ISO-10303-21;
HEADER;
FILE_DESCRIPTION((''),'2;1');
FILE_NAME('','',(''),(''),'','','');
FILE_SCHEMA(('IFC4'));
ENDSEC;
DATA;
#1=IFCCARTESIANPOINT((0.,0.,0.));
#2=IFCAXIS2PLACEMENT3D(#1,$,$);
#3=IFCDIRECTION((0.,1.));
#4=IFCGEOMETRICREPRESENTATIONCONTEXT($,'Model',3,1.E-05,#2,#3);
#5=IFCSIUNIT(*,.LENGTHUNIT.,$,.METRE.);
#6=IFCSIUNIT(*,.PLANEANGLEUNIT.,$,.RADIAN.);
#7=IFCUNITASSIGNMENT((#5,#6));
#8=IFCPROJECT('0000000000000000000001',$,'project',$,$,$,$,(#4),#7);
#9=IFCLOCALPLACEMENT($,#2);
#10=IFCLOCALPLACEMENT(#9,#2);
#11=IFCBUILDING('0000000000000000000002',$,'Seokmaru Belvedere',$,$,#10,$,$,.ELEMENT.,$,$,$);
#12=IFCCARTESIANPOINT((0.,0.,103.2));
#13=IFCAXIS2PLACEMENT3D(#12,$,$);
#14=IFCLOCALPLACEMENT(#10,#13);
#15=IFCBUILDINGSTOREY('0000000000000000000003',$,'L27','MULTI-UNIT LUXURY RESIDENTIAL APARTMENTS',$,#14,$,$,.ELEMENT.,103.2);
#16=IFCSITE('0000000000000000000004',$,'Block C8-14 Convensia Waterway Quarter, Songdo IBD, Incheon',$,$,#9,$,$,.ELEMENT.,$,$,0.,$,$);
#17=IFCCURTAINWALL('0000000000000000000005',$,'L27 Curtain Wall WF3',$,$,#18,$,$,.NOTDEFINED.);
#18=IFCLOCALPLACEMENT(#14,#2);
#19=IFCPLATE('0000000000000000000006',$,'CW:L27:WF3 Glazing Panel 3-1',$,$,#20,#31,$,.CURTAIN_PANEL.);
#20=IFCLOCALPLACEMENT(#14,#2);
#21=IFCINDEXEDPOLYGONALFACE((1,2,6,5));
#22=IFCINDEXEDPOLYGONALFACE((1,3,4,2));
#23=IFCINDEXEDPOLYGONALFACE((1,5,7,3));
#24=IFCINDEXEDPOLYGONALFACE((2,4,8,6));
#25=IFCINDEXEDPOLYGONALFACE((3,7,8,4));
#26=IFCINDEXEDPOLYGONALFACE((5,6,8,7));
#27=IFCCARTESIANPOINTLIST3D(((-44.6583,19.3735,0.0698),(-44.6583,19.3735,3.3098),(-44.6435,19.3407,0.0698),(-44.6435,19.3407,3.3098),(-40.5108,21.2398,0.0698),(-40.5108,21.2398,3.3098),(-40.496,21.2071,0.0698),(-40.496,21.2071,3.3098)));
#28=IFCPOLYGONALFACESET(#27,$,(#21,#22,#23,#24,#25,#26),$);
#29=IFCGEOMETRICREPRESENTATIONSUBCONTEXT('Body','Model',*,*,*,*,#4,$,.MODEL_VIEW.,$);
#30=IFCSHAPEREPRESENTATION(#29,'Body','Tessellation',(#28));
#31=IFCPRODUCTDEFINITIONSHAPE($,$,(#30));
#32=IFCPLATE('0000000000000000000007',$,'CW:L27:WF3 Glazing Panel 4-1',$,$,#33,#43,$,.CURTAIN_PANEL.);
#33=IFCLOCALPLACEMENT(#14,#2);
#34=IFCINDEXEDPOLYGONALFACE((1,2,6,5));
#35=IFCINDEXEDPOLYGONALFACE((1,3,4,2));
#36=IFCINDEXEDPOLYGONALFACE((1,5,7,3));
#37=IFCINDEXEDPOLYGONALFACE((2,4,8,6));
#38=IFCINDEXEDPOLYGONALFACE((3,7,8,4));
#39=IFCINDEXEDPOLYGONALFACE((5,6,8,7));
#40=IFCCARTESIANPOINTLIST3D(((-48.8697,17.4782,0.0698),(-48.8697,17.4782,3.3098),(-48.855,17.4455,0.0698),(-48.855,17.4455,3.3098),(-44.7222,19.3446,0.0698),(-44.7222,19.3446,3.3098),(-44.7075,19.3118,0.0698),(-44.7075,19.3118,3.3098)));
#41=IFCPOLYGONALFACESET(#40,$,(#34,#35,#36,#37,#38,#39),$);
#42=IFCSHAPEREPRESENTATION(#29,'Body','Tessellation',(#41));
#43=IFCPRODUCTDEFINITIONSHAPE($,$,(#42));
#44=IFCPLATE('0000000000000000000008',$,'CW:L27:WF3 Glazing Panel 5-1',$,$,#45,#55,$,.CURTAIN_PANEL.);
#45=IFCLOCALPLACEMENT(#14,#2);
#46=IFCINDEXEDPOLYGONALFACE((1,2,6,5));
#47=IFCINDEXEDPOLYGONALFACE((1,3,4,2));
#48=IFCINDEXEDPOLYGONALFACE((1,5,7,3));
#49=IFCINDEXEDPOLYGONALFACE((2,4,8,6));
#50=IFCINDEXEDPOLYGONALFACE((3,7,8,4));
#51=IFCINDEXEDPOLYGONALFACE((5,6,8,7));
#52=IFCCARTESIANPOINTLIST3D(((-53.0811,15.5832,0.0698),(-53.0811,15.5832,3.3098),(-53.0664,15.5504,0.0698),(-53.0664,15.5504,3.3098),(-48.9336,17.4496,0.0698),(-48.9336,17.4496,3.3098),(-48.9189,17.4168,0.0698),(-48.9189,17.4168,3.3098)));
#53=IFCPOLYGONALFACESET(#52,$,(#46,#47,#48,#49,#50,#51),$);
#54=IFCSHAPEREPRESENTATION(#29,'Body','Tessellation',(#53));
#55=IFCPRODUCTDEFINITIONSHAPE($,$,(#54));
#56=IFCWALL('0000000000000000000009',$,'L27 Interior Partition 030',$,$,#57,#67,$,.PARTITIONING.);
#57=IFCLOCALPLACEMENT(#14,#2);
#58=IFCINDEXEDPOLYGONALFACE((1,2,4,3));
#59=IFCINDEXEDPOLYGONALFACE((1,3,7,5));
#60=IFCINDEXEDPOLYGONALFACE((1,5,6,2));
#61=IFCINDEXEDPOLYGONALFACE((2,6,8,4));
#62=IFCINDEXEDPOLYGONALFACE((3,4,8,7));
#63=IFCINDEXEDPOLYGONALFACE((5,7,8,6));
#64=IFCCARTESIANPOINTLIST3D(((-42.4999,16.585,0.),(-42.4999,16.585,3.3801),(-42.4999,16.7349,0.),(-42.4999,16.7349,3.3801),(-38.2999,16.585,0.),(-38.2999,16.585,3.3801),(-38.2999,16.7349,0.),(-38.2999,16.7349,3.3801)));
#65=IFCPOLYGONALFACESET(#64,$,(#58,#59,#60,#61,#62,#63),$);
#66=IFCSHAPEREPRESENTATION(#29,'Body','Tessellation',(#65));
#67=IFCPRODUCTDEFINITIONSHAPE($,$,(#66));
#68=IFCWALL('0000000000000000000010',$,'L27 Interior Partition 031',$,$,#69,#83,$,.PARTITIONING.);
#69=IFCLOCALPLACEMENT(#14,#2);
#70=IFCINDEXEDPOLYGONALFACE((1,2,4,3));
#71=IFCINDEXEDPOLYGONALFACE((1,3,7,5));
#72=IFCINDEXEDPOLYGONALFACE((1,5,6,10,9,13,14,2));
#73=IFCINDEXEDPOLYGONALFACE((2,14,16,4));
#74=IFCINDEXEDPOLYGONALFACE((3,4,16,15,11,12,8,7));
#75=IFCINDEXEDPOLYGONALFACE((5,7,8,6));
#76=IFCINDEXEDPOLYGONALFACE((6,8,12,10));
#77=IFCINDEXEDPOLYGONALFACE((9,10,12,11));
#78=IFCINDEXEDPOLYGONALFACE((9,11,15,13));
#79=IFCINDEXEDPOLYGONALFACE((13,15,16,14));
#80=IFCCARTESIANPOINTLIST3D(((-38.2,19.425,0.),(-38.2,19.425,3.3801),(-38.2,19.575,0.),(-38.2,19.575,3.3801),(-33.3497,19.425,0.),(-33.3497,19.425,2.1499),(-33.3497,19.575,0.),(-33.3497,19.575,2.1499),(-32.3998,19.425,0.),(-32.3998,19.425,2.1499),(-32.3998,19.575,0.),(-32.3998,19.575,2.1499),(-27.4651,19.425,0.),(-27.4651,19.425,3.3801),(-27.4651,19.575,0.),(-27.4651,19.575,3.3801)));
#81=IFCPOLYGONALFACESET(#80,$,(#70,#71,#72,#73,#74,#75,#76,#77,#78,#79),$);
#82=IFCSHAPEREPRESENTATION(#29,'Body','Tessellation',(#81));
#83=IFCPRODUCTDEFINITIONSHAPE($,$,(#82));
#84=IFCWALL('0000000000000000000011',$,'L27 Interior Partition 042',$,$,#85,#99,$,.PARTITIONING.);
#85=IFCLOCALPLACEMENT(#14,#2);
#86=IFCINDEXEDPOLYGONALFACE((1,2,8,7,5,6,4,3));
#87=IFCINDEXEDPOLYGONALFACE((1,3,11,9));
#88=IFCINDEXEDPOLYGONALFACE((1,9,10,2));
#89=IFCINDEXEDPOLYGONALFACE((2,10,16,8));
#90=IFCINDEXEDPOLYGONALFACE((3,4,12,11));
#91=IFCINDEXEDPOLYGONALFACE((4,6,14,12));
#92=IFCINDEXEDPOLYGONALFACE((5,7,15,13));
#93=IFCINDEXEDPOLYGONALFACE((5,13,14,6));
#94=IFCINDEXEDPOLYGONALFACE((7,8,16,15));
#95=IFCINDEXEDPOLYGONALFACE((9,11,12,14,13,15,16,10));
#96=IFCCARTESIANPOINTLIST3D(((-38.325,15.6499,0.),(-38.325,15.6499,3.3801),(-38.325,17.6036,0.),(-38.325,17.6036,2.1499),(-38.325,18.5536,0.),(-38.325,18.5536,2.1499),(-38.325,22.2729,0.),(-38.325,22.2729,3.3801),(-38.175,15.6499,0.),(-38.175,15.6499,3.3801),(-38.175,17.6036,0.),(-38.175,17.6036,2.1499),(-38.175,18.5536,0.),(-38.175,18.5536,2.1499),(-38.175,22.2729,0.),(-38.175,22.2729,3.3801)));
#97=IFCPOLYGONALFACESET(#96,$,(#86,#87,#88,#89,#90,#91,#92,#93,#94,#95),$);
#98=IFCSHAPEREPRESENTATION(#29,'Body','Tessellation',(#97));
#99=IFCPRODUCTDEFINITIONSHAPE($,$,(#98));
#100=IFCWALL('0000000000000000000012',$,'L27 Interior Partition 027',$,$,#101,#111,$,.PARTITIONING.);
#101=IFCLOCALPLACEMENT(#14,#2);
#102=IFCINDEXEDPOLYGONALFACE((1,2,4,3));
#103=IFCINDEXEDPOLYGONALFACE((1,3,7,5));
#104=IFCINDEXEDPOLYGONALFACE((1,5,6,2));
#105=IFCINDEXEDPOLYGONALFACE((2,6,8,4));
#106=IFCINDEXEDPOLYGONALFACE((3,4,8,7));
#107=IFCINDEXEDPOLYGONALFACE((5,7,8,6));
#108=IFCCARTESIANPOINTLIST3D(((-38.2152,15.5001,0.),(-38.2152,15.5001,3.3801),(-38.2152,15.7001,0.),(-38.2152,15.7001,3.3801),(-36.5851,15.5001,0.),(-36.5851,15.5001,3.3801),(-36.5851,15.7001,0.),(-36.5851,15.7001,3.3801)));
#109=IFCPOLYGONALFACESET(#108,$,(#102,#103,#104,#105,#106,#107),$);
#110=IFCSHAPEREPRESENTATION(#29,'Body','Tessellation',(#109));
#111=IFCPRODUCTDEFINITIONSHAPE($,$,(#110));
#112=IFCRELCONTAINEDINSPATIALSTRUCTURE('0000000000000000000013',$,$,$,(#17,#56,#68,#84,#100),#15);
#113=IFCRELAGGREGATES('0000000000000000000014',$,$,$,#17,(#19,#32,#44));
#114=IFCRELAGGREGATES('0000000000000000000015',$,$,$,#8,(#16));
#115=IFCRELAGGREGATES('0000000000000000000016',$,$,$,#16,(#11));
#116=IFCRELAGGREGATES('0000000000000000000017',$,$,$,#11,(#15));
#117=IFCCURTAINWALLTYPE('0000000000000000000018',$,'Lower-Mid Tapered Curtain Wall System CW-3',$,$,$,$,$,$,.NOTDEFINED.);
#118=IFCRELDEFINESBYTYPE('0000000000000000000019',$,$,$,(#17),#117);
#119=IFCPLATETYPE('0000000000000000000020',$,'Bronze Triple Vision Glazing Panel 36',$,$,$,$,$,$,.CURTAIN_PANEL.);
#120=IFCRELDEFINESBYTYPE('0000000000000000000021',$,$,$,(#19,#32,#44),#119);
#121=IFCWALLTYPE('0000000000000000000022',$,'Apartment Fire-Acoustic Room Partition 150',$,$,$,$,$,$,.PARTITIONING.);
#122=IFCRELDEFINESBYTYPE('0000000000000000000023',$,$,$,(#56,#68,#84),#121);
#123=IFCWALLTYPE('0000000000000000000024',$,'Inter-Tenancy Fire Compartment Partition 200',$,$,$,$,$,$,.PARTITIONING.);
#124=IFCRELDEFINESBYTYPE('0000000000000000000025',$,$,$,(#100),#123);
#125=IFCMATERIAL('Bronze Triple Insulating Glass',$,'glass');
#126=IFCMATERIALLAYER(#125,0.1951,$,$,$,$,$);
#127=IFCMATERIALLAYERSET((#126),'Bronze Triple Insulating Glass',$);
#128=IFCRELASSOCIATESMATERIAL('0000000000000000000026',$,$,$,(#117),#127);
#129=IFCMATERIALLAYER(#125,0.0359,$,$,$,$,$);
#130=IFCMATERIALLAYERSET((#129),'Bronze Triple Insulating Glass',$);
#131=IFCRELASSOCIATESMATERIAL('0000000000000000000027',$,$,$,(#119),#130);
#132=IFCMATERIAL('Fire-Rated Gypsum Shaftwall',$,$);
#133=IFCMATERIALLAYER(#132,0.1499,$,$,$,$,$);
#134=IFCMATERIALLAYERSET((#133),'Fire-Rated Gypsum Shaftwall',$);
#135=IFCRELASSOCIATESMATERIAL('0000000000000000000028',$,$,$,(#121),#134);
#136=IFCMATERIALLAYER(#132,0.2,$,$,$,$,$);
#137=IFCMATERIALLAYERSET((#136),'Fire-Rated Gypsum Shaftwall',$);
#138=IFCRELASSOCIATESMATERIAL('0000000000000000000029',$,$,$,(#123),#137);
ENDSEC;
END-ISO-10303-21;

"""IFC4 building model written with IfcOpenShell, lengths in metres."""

from ifc_helpers import new_model, si_unit, direction, frame, frame_2d, origin, origin_2d, place, context, subcontext, project, spatial, rectangle, extrude, source, transform, mapped, material, layer, layer_set, type_object, type_shapes, element, aggregate, save


model = new_model("IFC4")

# Units and contexts
model_context = context("Model", 3, precision=1e-05, world=origin(), true_north=direction((0.0, 1.0)))
body_context = subcontext(model_context, "Body", "Model", "MODEL_VIEW")
ifc_project = project(units=[si_unit("LENGTHUNIT", "METRE"), si_unit("PLANEANGLEUNIT", "RADIAN")], contexts=[model_context])

# Site, building, storey
site_placement = place(None, origin())
site = spatial("IfcSite", under=ifc_project, at=site_placement, Name="Block C8-14 Convensia Waterway Quarter, Songdo IBD, Incheon", CompositionType="ELEMENT", RefElevation=0.0)
building_placement = place(site_placement, origin())
building = spatial("IfcBuilding", under=site, at=building_placement, Name="Seokmaru Belvedere", CompositionType="ELEMENT")
storey_placement = place(building_placement, frame((0.0, 0.0, 103.2)))
storey = spatial("IfcBuildingStorey", under=building, at=storey_placement, Name="L27", Description="MULTI-UNIT LUXURY RESIDENTIAL APARTMENTS", CompositionType="ELEMENT", Elevation=103.2)

# Curtain wall, plates
ifc_material_1 = material(Name="Bronze Triple Insulating Glass", Category="glass")
ifc_layer_1 = layer(ifc_material_1, 0.1951)
ifc_layer_set_1 = layer_set([ifc_layer_1], Name="Bronze Triple Insulating Glass")
curtain_wall_type = type_object("IfcCurtainWallType", Name="Lower-Mid Tapered Curtain Wall System CW-3", PredefinedType="NOTDEFINED", material=ifc_layer_set_1)
curtain_wall_placement = place(storey_placement, origin())
curtain_wall = element("IfcCurtainWall", 1, at=curtain_wall_placement, inside=storey, type_object=curtain_wall_type, Name="L27 Curtain Wall WF3", PredefinedType="NOTDEFINED")
ifc_layer_2 = layer(ifc_material_1, 0.0359)
ifc_layer_set_2 = layer_set([ifc_layer_2], Name="Bronze Triple Insulating Glass")
plate_type = type_object("IfcPlateType", Name="Bronze Triple Vision Glazing Panel 36", PredefinedType="CURTAIN_PANEL", material=ifc_layer_set_2)
shared_shape_1 = source(origin(), body_context, "Body", "SweptSolid", [
    extrude(rectangle(XDim=4.5481, YDim=0.0359, at=origin_2d()), origin(), (0.0, 0.0, 1.0), 3.24),
])
type_shapes(plate_type, [shared_shape_1])
plate_1_placement = place(storey_placement, frame((-42.5771, 20.2903, 0.0698), z_axis=(0.0, 0.0, 1.0), x_axis=(-0.911921, -0.410366, 0.0)))
plate_1 = element("IfcPlate", 2, at=plate_1_placement, type_object=plate_type, Name="CW:L27:WF3 Glazing Panel 3-1", PredefinedType="CURTAIN_PANEL", context=body_context, shape_type="MappedRepresentation", body=[
    mapped(shared_shape_1, transform((0.0, 0.0, 0.0), scale=1.0)),
])
plate_2_placement = place(storey_placement, frame((-46.7886, 18.395, 0.0698), z_axis=(0.0, 0.0, 1.0), x_axis=(-0.911921, -0.410366, 0.0)))
plate_2 = element("IfcPlate", 3, at=plate_2_placement, type_object=plate_type, Name="CW:L27:WF3 Glazing Panel 4-1", PredefinedType="CURTAIN_PANEL", context=body_context, shape_type="MappedRepresentation", body=[
    mapped(shared_shape_1, transform((0.0, 0.0, 0.0), scale=1.0)),
])
plate_3_placement = place(storey_placement, frame((-51.0, 16.5, 0.0698), z_axis=(0.0, 0.0, 1.0), x_axis=(-0.911921, -0.410366, 0.0)))
plate_3 = element("IfcPlate", 4, at=plate_3_placement, type_object=plate_type, Name="CW:L27:WF3 Glazing Panel 5-1", PredefinedType="CURTAIN_PANEL", context=body_context, shape_type="MappedRepresentation", body=[
    mapped(shared_shape_1, transform((0.0, 0.0, 0.0), scale=1.0)),
])
aggregate(curtain_wall, [plate_1, plate_2, plate_3])

# Wall
ifc_material_2 = material(Name="Fire-Rated Gypsum Shaftwall")
ifc_layer_3 = layer(ifc_material_2, 0.1499)
ifc_layer_set_3 = layer_set([ifc_layer_3], Name="Fire-Rated Gypsum Shaftwall")
wall_type_1 = type_object("IfcWallType", Name="Apartment Fire-Acoustic Room Partition 150", PredefinedType="PARTITIONING", material=ifc_layer_set_3)
wall_1_placement = place(storey_placement, frame((-42.5, 16.6599, 0.0), z_axis=(0.0, 0.0, 1.0), x_axis=(1.0, 0.0, 0.0)))
element("IfcWall", 5, at=wall_1_placement, inside=storey, type_object=wall_type_1, Name="L27 Interior Partition 030", PredefinedType="PARTITIONING", context=body_context, shape_type="SweptSolid", body=[
    extrude(rectangle(XDim=4.2, YDim=0.1499, at=frame_2d((2.1001, 0.0))), origin(), (0.0, 0.0, 1.0), 3.3801),
])

# Walls, openings
wall_2_placement = place(storey_placement, frame((-38.2, 19.5, 0.0), z_axis=(0.0, 0.0, 1.0), x_axis=(1.0, 0.0, 0.0)))
wall_2 = element("IfcWall", 6, at=wall_2_placement, inside=storey, type_object=wall_type_1, Name="L27 Interior Partition 031", PredefinedType="PARTITIONING", context=body_context, shape_type="SweptSolid", body=[
    extrude(rectangle(XDim=10.7349, YDim=0.1499, at=frame_2d((5.3674, 0.0))), origin(), (0.0, 0.0, 1.0), 3.3801),
])
opening_1_placement = place(wall_2_placement, frame((4.8501, 0.0, 0.0)))
element("IfcOpeningElement", 7, at=opening_1_placement, cuts=wall_2, PredefinedType="OPENING", context=body_context, shape_type="SweptSolid", body=[
    extrude(rectangle(XDim=0.95, YDim=2.1499, at=frame_2d((0.4751, 1.075))), frame((0.0, 0.085, 0.0), z_axis=(0.0, -1.0, 0.0), x_axis=(1.0, 0.0, 0.0)), (0.0, 0.0, 1.0), 0.1699),
])
wall_3_placement = place(storey_placement, frame((-38.25, 15.6499, 0.0), z_axis=(0.0, 0.0, 1.0), x_axis=(0.0, 1.0, 0.0)))
wall_3 = element("IfcWall", 8, at=wall_3_placement, inside=storey, type_object=wall_type_1, Name="L27 Interior Partition 042", PredefinedType="PARTITIONING", context=body_context, shape_type="SweptSolid", body=[
    extrude(rectangle(XDim=6.623, YDim=0.1499, at=frame_2d((3.3115, 0.0))), origin(), (0.0, 0.0, 1.0), 3.3801),
])
opening_2_placement = place(wall_3_placement, frame((1.9536, 0.0, 0.0)))
element("IfcOpeningElement", 9, at=opening_2_placement, cuts=wall_3, PredefinedType="OPENING", context=body_context, shape_type="SweptSolid", body=[
    extrude(rectangle(XDim=0.95, YDim=2.1499, at=frame_2d((0.4751, 1.075))), frame((0.0, 0.085, 0.0), z_axis=(0.0, -1.0, 0.0), x_axis=(1.0, 0.0, 0.0)), (0.0, 0.0, 1.0), 0.1699),
])

# Wall
ifc_layer_4 = layer(ifc_material_2, 0.2)
ifc_layer_set_4 = layer_set([ifc_layer_4], Name="Fire-Rated Gypsum Shaftwall")
wall_type_2 = type_object("IfcWallType", Name="Inter-Tenancy Fire Compartment Partition 200", PredefinedType="PARTITIONING", material=ifc_layer_set_4)
wall_4_placement = place(storey_placement, frame((-38.2151, 15.6001, 0.0), z_axis=(0.0, 0.0, 1.0), x_axis=(1.0, 0.0, 0.0)))
element("IfcWall", 10, at=wall_4_placement, inside=storey, type_object=wall_type_2, Name="L27 Interior Partition 027", PredefinedType="PARTITIONING", context=body_context, shape_type="SweptSolid", body=[
    extrude(rectangle(XDim=1.6301, YDim=0.2, at=frame_2d((0.8149, 0.0))), origin(), (0.0, 0.0, 1.0), 3.3801),
])

save(model, "model.ifc")
